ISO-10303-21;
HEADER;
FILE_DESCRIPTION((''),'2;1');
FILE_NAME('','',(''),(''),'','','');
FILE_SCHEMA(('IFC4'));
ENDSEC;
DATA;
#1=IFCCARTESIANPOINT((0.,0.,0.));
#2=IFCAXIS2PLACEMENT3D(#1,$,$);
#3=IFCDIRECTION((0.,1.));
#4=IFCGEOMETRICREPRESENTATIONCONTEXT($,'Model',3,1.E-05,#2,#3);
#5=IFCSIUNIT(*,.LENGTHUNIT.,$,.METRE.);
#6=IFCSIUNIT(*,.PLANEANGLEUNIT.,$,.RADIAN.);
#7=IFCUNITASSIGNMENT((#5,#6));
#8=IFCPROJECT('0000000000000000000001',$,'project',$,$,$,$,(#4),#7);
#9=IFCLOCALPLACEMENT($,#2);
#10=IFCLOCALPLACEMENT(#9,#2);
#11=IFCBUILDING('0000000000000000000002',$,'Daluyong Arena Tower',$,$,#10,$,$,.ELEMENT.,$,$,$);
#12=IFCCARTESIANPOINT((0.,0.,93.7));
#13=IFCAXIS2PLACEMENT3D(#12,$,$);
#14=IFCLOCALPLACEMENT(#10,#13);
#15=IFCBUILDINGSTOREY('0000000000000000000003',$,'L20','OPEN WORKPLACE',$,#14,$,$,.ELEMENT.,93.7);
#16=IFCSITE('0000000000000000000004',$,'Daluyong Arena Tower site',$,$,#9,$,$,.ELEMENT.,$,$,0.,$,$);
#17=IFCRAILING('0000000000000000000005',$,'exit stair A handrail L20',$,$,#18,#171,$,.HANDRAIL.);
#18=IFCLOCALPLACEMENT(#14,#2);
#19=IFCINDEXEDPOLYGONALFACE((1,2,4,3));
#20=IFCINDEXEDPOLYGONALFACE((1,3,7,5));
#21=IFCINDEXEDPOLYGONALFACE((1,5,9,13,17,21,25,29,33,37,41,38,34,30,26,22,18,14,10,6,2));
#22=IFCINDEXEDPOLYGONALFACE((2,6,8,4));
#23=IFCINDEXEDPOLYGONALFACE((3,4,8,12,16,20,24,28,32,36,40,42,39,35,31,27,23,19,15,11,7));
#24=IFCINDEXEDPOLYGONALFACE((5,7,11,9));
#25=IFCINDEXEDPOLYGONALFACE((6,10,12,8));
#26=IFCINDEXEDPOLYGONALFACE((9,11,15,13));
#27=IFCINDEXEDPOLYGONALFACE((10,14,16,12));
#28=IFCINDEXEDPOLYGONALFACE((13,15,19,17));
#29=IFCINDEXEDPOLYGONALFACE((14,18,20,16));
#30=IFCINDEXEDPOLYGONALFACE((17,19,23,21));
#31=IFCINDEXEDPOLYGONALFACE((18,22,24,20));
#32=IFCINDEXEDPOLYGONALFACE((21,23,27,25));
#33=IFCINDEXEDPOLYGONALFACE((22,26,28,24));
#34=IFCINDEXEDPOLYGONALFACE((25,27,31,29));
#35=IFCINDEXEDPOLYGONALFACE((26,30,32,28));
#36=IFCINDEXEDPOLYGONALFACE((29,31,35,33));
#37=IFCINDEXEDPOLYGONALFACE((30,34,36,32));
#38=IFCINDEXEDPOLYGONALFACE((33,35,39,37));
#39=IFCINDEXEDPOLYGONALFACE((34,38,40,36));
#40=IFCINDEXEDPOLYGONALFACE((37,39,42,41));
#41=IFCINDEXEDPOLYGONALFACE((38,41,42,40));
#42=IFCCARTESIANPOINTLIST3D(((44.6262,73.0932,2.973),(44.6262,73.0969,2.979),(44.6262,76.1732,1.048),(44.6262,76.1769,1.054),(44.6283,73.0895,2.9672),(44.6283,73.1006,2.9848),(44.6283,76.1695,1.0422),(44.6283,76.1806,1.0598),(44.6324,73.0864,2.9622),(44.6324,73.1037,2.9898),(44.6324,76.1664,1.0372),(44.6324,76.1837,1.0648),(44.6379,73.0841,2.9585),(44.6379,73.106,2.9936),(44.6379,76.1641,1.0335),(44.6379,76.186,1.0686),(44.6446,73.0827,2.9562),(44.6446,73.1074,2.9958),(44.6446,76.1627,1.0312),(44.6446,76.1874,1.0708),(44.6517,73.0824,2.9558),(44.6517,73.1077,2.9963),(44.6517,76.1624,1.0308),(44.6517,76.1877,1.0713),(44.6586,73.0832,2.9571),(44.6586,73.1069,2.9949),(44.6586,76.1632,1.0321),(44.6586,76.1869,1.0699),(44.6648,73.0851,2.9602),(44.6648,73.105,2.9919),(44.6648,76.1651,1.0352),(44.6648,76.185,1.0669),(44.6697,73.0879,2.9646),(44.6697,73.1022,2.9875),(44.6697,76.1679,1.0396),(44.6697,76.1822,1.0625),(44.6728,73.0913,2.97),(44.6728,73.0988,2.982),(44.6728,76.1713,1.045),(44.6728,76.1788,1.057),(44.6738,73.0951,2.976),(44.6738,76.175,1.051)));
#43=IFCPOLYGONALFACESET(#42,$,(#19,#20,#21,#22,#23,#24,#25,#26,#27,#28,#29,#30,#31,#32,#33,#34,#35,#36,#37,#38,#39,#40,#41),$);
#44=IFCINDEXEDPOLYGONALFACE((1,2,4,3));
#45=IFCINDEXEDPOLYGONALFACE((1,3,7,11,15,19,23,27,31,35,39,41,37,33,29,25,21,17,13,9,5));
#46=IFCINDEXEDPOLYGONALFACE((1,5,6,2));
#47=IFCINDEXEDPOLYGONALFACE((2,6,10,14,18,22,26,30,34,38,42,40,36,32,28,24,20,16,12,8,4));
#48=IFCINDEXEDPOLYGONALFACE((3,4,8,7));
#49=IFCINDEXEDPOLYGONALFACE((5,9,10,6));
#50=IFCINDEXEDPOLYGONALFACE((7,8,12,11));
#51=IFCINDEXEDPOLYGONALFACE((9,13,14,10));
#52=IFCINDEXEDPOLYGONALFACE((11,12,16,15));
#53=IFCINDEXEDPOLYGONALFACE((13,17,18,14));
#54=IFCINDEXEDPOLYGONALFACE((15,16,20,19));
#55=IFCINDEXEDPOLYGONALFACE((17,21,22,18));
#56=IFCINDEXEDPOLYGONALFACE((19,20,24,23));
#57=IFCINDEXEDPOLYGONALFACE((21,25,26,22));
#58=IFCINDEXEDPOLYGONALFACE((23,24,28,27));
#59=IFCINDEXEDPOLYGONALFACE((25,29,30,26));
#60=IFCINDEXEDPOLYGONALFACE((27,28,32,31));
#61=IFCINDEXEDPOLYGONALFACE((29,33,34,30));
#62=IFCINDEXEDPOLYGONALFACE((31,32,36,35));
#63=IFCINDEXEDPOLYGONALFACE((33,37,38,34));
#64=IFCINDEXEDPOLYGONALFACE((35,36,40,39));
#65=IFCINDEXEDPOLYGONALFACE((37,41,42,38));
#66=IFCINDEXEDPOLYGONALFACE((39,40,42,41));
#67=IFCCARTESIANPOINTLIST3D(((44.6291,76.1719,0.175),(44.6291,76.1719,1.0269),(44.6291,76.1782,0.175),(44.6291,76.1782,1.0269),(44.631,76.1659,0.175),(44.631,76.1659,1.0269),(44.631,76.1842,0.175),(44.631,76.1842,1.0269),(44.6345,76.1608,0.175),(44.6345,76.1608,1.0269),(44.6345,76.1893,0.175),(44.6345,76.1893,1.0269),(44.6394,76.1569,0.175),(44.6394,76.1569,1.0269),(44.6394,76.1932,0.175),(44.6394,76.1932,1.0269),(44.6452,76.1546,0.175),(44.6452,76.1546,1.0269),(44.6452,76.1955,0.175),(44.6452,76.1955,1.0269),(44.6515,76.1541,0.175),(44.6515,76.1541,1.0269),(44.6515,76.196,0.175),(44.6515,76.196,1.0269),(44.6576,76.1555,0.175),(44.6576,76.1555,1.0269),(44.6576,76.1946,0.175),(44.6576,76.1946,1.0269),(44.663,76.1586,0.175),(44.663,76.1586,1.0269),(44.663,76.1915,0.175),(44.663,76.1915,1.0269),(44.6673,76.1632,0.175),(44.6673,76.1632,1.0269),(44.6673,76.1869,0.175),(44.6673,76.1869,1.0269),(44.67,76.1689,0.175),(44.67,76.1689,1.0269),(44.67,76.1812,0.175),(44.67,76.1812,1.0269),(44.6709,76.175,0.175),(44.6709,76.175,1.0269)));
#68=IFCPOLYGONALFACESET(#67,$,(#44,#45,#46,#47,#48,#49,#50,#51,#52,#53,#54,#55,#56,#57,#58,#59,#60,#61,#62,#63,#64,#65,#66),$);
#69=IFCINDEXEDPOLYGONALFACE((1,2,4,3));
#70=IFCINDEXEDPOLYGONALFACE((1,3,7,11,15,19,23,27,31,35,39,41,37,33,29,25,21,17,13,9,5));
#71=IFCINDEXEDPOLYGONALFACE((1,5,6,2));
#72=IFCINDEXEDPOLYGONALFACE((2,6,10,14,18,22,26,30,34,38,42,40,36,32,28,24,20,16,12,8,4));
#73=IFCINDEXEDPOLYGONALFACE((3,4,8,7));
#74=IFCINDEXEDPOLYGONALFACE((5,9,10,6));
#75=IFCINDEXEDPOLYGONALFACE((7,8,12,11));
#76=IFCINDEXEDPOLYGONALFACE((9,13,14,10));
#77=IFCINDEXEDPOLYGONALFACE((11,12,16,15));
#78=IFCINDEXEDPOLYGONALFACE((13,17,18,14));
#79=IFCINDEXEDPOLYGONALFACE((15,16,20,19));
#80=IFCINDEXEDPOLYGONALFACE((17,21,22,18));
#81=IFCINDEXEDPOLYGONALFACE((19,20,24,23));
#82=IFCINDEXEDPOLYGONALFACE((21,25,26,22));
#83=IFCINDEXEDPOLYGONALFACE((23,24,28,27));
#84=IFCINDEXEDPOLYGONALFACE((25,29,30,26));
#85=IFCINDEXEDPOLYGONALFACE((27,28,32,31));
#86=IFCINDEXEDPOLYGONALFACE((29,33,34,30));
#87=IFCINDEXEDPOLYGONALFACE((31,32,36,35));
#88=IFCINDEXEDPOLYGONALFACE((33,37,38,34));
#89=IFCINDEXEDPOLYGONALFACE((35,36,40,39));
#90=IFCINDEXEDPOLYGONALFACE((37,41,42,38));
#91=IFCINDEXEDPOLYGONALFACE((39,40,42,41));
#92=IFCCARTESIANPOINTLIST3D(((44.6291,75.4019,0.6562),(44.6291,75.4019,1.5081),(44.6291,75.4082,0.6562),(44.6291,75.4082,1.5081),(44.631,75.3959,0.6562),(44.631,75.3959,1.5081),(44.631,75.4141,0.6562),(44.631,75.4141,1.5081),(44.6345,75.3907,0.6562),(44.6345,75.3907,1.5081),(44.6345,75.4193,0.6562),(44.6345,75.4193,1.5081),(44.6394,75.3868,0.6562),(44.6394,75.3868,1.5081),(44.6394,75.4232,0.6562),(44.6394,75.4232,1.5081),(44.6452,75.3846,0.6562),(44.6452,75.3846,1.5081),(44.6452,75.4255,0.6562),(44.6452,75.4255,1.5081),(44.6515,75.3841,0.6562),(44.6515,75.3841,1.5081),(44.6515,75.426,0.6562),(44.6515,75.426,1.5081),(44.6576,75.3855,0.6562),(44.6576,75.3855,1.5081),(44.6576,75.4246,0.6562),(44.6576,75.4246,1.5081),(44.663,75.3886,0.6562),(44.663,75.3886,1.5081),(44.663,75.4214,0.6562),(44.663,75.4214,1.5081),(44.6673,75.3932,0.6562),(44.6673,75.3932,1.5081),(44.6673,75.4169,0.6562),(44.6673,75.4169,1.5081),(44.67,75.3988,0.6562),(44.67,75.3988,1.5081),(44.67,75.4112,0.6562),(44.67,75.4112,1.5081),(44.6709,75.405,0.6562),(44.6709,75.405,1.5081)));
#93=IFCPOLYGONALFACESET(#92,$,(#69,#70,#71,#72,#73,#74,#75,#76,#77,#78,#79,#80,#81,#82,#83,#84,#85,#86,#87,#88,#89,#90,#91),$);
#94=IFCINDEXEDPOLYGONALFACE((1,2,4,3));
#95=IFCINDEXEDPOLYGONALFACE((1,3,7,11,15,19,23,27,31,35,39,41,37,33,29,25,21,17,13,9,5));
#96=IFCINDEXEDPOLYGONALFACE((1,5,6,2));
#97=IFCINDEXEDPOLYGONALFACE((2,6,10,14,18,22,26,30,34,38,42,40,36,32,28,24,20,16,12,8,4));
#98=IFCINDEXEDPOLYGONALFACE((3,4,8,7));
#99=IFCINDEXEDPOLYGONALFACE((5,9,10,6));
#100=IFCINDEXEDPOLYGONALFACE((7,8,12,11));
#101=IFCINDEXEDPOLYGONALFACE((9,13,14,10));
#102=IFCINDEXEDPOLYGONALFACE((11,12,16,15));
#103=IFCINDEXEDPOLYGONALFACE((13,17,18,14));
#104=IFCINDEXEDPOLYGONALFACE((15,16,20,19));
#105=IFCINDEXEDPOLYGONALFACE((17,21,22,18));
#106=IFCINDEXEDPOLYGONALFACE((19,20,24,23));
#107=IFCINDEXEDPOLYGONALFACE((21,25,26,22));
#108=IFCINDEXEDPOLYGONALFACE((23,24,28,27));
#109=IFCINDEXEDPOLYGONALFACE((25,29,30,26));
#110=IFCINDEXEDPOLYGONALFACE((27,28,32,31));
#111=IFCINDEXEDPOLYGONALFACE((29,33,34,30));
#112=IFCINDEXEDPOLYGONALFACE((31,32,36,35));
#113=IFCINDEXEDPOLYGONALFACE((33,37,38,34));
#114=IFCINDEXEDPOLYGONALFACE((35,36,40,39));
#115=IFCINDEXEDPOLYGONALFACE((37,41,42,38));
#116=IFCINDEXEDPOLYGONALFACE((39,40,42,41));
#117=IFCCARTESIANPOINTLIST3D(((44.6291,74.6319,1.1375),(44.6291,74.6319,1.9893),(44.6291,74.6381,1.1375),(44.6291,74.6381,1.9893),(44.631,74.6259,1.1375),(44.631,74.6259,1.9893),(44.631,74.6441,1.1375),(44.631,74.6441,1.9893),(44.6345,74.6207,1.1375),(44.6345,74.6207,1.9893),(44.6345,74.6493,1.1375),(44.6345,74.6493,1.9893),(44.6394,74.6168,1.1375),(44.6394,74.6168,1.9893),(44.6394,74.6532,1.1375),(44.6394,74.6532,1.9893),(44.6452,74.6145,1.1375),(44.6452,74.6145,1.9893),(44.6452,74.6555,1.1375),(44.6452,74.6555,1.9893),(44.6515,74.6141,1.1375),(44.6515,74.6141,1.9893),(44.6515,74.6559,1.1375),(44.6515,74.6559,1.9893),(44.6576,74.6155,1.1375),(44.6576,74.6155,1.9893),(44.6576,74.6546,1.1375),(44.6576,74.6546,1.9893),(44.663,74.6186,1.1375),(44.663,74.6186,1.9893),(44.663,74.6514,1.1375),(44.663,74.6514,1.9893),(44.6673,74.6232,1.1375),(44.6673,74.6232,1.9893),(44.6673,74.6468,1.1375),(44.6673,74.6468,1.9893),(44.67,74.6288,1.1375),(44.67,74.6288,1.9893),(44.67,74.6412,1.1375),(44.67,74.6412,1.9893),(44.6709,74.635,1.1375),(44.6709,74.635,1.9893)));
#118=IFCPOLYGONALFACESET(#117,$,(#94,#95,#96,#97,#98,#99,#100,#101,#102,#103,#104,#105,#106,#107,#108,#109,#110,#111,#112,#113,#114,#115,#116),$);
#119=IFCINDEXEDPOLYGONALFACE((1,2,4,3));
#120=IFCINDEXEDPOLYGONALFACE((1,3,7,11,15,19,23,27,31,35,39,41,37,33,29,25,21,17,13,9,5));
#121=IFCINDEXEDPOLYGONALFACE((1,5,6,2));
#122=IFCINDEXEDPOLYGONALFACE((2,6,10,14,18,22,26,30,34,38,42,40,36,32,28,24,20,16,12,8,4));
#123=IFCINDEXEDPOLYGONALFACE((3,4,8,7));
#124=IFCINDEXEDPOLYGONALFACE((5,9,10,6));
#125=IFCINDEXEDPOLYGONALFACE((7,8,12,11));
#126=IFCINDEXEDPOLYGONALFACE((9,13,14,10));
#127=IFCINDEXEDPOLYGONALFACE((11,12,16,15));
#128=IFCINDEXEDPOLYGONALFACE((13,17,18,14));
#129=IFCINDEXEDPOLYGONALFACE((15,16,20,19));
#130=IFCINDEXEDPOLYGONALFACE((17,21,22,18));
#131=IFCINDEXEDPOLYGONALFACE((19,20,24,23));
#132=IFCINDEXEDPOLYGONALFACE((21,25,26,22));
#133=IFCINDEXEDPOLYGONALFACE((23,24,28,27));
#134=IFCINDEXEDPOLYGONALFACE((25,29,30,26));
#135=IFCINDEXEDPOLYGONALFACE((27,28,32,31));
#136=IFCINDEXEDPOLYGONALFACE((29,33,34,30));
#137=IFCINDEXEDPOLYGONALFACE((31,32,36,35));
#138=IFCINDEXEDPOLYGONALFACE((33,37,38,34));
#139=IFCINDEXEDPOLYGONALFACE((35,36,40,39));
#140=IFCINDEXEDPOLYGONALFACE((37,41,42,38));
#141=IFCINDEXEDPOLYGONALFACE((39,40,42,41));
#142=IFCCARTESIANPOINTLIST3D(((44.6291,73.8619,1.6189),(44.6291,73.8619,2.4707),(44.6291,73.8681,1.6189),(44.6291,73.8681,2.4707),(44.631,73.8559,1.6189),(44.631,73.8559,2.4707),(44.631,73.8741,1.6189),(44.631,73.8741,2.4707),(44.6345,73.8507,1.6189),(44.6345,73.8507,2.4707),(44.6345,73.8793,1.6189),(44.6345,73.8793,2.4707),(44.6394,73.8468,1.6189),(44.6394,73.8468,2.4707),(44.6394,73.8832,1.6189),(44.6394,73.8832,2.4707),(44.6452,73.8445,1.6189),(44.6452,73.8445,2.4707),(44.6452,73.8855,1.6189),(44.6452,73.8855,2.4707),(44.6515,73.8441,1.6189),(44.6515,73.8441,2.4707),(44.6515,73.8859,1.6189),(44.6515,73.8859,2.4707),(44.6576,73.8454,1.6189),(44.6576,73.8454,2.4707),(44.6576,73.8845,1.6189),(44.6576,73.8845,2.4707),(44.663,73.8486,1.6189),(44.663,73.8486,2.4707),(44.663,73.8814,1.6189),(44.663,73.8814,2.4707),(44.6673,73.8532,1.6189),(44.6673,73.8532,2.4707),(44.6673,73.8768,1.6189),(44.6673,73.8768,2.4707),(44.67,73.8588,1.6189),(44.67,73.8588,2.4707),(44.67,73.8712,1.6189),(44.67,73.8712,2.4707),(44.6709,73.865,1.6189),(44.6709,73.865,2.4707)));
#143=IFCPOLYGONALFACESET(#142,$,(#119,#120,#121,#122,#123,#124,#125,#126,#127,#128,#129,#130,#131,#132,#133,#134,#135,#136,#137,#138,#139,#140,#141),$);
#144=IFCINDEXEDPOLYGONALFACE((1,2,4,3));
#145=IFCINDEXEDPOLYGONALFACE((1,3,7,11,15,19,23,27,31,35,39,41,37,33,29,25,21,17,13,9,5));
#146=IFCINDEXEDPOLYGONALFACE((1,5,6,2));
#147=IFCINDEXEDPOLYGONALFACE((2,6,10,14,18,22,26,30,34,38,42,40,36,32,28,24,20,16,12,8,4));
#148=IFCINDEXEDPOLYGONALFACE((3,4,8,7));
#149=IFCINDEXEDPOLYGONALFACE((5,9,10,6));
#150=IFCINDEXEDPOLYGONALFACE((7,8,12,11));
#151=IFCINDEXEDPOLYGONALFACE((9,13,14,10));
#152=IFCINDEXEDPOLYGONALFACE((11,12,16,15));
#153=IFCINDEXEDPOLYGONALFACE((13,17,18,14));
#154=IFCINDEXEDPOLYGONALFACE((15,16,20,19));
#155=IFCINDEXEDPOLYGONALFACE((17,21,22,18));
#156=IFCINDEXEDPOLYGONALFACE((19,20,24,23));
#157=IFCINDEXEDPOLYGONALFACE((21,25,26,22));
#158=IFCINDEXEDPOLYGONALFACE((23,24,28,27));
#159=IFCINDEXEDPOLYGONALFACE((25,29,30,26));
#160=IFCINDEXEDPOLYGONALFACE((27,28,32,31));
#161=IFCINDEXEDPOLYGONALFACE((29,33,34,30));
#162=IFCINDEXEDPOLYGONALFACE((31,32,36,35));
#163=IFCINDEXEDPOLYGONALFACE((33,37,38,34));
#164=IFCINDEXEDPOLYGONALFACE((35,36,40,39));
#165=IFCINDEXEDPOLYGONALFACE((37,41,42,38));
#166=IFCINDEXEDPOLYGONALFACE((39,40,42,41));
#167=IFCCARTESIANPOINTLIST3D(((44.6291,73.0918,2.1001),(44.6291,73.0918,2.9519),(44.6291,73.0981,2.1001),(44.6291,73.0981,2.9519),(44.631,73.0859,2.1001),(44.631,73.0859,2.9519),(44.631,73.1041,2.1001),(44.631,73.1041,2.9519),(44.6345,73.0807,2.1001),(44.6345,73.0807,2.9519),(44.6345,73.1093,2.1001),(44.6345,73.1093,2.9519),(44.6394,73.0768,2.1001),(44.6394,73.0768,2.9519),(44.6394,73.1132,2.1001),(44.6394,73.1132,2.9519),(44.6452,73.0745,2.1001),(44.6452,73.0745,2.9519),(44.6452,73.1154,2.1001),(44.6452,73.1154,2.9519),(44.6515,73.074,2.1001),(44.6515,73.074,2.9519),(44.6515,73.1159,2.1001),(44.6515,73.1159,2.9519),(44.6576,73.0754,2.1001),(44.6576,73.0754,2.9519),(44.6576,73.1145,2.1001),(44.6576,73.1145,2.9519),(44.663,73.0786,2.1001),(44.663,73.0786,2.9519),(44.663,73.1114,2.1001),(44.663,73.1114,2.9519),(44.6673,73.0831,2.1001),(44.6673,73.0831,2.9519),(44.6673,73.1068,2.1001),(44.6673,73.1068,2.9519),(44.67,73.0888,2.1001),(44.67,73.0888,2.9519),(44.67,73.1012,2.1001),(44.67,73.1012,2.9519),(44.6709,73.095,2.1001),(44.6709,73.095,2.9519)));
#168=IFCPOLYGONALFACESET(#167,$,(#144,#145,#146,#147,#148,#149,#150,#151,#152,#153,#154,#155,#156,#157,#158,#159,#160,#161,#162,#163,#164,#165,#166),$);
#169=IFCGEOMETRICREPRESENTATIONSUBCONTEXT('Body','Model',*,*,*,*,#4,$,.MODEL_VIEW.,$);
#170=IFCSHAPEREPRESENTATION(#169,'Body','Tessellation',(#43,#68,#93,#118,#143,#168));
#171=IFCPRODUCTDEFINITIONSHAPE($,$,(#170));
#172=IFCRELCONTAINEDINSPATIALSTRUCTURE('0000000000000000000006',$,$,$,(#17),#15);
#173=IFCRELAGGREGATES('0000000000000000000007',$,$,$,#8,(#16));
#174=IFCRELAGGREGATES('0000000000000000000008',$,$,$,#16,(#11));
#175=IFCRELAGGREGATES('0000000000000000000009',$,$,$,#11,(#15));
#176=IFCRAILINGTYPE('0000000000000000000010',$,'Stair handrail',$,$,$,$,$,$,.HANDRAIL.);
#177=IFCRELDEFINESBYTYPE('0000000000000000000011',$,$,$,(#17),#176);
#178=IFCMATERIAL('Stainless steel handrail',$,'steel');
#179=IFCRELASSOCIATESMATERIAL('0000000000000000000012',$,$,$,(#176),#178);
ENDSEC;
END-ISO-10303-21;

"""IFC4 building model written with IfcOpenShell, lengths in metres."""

from ifc_helpers import new_model, si_unit, direction, frame, origin, origin_2d, place, context, subcontext, project, spatial, circle, extrude, material, type_object, element, save


model = new_model("IFC4")

# Units and contexts
model_context = context("Model", 3, precision=1e-05, world=origin(), true_north=direction((0.0, 1.0)))
body_context = subcontext(model_context, "Body", "Model", "MODEL_VIEW")
ifc_project = project(units=[si_unit("LENGTHUNIT", "METRE"), si_unit("PLANEANGLEUNIT", "RADIAN")], contexts=[model_context])

# Site, building, storey
site_placement = place(None, origin())
site = spatial("IfcSite", under=ifc_project, at=site_placement, Name="Daluyong Arena Tower site", CompositionType="ELEMENT", RefElevation=0.0)
building_placement = place(site_placement, origin())
building = spatial("IfcBuilding", under=site, at=building_placement, Name="Daluyong Arena Tower", CompositionType="ELEMENT")
storey_placement = place(building_placement, frame((0.0, 0.0, 93.7)))
storey = spatial("IfcBuildingStorey", under=building, at=storey_placement, Name="L20", Description="OPEN WORKPLACE", CompositionType="ELEMENT", Elevation=93.7)

# Railing
ifc_material_1 = material(Name="Stainless steel handrail", Category="steel")
railing_type_1 = type_object("IfcRailingType", Name="Stair handrail", PredefinedType="HANDRAIL", material=ifc_material_1)
railing_1_placement = place(storey_placement, frame((44.6499, 76.175, 0.175)))
element("IfcRailing", 1, at=railing_1_placement, inside=storey, type_object=railing_type_1, Name="exit stair A handrail L20", PredefinedType="HANDRAIL", context=body_context, shape_type="SweptSolid", body=[
    extrude(circle(Radius=0.0239, at=origin_2d()), frame((0.0, 0.0, 0.876), z_axis=(0.0, -0.847998, 0.529999), x_axis=(1.0, 0.0, 0.0)), (0.0, 0.0, 1.0), 3.6321),
    extrude(circle(Radius=0.021, at=origin_2d()), origin(), (0.0, 0.0, 1.0), 0.8518),
    extrude(circle(Radius=0.021, at=origin_2d()), frame((0.0, -0.77, 0.4812)), (0.0, 0.0, 1.0), 0.8518),
    extrude(circle(Radius=0.021, at=origin_2d()), frame((0.0, -1.54, 0.9624)), (0.0, 0.0, 1.0), 0.8518),
    extrude(circle(Radius=0.021, at=origin_2d()), frame((0.0, -2.3101, 1.4438)), (0.0, 0.0, 1.0), 0.8518),
    extrude(circle(Radius=0.021, at=origin_2d()), frame((0.0, -3.0801, 1.925)), (0.0, 0.0, 1.0), 0.8518),
])

save(model, "model.ifc")
